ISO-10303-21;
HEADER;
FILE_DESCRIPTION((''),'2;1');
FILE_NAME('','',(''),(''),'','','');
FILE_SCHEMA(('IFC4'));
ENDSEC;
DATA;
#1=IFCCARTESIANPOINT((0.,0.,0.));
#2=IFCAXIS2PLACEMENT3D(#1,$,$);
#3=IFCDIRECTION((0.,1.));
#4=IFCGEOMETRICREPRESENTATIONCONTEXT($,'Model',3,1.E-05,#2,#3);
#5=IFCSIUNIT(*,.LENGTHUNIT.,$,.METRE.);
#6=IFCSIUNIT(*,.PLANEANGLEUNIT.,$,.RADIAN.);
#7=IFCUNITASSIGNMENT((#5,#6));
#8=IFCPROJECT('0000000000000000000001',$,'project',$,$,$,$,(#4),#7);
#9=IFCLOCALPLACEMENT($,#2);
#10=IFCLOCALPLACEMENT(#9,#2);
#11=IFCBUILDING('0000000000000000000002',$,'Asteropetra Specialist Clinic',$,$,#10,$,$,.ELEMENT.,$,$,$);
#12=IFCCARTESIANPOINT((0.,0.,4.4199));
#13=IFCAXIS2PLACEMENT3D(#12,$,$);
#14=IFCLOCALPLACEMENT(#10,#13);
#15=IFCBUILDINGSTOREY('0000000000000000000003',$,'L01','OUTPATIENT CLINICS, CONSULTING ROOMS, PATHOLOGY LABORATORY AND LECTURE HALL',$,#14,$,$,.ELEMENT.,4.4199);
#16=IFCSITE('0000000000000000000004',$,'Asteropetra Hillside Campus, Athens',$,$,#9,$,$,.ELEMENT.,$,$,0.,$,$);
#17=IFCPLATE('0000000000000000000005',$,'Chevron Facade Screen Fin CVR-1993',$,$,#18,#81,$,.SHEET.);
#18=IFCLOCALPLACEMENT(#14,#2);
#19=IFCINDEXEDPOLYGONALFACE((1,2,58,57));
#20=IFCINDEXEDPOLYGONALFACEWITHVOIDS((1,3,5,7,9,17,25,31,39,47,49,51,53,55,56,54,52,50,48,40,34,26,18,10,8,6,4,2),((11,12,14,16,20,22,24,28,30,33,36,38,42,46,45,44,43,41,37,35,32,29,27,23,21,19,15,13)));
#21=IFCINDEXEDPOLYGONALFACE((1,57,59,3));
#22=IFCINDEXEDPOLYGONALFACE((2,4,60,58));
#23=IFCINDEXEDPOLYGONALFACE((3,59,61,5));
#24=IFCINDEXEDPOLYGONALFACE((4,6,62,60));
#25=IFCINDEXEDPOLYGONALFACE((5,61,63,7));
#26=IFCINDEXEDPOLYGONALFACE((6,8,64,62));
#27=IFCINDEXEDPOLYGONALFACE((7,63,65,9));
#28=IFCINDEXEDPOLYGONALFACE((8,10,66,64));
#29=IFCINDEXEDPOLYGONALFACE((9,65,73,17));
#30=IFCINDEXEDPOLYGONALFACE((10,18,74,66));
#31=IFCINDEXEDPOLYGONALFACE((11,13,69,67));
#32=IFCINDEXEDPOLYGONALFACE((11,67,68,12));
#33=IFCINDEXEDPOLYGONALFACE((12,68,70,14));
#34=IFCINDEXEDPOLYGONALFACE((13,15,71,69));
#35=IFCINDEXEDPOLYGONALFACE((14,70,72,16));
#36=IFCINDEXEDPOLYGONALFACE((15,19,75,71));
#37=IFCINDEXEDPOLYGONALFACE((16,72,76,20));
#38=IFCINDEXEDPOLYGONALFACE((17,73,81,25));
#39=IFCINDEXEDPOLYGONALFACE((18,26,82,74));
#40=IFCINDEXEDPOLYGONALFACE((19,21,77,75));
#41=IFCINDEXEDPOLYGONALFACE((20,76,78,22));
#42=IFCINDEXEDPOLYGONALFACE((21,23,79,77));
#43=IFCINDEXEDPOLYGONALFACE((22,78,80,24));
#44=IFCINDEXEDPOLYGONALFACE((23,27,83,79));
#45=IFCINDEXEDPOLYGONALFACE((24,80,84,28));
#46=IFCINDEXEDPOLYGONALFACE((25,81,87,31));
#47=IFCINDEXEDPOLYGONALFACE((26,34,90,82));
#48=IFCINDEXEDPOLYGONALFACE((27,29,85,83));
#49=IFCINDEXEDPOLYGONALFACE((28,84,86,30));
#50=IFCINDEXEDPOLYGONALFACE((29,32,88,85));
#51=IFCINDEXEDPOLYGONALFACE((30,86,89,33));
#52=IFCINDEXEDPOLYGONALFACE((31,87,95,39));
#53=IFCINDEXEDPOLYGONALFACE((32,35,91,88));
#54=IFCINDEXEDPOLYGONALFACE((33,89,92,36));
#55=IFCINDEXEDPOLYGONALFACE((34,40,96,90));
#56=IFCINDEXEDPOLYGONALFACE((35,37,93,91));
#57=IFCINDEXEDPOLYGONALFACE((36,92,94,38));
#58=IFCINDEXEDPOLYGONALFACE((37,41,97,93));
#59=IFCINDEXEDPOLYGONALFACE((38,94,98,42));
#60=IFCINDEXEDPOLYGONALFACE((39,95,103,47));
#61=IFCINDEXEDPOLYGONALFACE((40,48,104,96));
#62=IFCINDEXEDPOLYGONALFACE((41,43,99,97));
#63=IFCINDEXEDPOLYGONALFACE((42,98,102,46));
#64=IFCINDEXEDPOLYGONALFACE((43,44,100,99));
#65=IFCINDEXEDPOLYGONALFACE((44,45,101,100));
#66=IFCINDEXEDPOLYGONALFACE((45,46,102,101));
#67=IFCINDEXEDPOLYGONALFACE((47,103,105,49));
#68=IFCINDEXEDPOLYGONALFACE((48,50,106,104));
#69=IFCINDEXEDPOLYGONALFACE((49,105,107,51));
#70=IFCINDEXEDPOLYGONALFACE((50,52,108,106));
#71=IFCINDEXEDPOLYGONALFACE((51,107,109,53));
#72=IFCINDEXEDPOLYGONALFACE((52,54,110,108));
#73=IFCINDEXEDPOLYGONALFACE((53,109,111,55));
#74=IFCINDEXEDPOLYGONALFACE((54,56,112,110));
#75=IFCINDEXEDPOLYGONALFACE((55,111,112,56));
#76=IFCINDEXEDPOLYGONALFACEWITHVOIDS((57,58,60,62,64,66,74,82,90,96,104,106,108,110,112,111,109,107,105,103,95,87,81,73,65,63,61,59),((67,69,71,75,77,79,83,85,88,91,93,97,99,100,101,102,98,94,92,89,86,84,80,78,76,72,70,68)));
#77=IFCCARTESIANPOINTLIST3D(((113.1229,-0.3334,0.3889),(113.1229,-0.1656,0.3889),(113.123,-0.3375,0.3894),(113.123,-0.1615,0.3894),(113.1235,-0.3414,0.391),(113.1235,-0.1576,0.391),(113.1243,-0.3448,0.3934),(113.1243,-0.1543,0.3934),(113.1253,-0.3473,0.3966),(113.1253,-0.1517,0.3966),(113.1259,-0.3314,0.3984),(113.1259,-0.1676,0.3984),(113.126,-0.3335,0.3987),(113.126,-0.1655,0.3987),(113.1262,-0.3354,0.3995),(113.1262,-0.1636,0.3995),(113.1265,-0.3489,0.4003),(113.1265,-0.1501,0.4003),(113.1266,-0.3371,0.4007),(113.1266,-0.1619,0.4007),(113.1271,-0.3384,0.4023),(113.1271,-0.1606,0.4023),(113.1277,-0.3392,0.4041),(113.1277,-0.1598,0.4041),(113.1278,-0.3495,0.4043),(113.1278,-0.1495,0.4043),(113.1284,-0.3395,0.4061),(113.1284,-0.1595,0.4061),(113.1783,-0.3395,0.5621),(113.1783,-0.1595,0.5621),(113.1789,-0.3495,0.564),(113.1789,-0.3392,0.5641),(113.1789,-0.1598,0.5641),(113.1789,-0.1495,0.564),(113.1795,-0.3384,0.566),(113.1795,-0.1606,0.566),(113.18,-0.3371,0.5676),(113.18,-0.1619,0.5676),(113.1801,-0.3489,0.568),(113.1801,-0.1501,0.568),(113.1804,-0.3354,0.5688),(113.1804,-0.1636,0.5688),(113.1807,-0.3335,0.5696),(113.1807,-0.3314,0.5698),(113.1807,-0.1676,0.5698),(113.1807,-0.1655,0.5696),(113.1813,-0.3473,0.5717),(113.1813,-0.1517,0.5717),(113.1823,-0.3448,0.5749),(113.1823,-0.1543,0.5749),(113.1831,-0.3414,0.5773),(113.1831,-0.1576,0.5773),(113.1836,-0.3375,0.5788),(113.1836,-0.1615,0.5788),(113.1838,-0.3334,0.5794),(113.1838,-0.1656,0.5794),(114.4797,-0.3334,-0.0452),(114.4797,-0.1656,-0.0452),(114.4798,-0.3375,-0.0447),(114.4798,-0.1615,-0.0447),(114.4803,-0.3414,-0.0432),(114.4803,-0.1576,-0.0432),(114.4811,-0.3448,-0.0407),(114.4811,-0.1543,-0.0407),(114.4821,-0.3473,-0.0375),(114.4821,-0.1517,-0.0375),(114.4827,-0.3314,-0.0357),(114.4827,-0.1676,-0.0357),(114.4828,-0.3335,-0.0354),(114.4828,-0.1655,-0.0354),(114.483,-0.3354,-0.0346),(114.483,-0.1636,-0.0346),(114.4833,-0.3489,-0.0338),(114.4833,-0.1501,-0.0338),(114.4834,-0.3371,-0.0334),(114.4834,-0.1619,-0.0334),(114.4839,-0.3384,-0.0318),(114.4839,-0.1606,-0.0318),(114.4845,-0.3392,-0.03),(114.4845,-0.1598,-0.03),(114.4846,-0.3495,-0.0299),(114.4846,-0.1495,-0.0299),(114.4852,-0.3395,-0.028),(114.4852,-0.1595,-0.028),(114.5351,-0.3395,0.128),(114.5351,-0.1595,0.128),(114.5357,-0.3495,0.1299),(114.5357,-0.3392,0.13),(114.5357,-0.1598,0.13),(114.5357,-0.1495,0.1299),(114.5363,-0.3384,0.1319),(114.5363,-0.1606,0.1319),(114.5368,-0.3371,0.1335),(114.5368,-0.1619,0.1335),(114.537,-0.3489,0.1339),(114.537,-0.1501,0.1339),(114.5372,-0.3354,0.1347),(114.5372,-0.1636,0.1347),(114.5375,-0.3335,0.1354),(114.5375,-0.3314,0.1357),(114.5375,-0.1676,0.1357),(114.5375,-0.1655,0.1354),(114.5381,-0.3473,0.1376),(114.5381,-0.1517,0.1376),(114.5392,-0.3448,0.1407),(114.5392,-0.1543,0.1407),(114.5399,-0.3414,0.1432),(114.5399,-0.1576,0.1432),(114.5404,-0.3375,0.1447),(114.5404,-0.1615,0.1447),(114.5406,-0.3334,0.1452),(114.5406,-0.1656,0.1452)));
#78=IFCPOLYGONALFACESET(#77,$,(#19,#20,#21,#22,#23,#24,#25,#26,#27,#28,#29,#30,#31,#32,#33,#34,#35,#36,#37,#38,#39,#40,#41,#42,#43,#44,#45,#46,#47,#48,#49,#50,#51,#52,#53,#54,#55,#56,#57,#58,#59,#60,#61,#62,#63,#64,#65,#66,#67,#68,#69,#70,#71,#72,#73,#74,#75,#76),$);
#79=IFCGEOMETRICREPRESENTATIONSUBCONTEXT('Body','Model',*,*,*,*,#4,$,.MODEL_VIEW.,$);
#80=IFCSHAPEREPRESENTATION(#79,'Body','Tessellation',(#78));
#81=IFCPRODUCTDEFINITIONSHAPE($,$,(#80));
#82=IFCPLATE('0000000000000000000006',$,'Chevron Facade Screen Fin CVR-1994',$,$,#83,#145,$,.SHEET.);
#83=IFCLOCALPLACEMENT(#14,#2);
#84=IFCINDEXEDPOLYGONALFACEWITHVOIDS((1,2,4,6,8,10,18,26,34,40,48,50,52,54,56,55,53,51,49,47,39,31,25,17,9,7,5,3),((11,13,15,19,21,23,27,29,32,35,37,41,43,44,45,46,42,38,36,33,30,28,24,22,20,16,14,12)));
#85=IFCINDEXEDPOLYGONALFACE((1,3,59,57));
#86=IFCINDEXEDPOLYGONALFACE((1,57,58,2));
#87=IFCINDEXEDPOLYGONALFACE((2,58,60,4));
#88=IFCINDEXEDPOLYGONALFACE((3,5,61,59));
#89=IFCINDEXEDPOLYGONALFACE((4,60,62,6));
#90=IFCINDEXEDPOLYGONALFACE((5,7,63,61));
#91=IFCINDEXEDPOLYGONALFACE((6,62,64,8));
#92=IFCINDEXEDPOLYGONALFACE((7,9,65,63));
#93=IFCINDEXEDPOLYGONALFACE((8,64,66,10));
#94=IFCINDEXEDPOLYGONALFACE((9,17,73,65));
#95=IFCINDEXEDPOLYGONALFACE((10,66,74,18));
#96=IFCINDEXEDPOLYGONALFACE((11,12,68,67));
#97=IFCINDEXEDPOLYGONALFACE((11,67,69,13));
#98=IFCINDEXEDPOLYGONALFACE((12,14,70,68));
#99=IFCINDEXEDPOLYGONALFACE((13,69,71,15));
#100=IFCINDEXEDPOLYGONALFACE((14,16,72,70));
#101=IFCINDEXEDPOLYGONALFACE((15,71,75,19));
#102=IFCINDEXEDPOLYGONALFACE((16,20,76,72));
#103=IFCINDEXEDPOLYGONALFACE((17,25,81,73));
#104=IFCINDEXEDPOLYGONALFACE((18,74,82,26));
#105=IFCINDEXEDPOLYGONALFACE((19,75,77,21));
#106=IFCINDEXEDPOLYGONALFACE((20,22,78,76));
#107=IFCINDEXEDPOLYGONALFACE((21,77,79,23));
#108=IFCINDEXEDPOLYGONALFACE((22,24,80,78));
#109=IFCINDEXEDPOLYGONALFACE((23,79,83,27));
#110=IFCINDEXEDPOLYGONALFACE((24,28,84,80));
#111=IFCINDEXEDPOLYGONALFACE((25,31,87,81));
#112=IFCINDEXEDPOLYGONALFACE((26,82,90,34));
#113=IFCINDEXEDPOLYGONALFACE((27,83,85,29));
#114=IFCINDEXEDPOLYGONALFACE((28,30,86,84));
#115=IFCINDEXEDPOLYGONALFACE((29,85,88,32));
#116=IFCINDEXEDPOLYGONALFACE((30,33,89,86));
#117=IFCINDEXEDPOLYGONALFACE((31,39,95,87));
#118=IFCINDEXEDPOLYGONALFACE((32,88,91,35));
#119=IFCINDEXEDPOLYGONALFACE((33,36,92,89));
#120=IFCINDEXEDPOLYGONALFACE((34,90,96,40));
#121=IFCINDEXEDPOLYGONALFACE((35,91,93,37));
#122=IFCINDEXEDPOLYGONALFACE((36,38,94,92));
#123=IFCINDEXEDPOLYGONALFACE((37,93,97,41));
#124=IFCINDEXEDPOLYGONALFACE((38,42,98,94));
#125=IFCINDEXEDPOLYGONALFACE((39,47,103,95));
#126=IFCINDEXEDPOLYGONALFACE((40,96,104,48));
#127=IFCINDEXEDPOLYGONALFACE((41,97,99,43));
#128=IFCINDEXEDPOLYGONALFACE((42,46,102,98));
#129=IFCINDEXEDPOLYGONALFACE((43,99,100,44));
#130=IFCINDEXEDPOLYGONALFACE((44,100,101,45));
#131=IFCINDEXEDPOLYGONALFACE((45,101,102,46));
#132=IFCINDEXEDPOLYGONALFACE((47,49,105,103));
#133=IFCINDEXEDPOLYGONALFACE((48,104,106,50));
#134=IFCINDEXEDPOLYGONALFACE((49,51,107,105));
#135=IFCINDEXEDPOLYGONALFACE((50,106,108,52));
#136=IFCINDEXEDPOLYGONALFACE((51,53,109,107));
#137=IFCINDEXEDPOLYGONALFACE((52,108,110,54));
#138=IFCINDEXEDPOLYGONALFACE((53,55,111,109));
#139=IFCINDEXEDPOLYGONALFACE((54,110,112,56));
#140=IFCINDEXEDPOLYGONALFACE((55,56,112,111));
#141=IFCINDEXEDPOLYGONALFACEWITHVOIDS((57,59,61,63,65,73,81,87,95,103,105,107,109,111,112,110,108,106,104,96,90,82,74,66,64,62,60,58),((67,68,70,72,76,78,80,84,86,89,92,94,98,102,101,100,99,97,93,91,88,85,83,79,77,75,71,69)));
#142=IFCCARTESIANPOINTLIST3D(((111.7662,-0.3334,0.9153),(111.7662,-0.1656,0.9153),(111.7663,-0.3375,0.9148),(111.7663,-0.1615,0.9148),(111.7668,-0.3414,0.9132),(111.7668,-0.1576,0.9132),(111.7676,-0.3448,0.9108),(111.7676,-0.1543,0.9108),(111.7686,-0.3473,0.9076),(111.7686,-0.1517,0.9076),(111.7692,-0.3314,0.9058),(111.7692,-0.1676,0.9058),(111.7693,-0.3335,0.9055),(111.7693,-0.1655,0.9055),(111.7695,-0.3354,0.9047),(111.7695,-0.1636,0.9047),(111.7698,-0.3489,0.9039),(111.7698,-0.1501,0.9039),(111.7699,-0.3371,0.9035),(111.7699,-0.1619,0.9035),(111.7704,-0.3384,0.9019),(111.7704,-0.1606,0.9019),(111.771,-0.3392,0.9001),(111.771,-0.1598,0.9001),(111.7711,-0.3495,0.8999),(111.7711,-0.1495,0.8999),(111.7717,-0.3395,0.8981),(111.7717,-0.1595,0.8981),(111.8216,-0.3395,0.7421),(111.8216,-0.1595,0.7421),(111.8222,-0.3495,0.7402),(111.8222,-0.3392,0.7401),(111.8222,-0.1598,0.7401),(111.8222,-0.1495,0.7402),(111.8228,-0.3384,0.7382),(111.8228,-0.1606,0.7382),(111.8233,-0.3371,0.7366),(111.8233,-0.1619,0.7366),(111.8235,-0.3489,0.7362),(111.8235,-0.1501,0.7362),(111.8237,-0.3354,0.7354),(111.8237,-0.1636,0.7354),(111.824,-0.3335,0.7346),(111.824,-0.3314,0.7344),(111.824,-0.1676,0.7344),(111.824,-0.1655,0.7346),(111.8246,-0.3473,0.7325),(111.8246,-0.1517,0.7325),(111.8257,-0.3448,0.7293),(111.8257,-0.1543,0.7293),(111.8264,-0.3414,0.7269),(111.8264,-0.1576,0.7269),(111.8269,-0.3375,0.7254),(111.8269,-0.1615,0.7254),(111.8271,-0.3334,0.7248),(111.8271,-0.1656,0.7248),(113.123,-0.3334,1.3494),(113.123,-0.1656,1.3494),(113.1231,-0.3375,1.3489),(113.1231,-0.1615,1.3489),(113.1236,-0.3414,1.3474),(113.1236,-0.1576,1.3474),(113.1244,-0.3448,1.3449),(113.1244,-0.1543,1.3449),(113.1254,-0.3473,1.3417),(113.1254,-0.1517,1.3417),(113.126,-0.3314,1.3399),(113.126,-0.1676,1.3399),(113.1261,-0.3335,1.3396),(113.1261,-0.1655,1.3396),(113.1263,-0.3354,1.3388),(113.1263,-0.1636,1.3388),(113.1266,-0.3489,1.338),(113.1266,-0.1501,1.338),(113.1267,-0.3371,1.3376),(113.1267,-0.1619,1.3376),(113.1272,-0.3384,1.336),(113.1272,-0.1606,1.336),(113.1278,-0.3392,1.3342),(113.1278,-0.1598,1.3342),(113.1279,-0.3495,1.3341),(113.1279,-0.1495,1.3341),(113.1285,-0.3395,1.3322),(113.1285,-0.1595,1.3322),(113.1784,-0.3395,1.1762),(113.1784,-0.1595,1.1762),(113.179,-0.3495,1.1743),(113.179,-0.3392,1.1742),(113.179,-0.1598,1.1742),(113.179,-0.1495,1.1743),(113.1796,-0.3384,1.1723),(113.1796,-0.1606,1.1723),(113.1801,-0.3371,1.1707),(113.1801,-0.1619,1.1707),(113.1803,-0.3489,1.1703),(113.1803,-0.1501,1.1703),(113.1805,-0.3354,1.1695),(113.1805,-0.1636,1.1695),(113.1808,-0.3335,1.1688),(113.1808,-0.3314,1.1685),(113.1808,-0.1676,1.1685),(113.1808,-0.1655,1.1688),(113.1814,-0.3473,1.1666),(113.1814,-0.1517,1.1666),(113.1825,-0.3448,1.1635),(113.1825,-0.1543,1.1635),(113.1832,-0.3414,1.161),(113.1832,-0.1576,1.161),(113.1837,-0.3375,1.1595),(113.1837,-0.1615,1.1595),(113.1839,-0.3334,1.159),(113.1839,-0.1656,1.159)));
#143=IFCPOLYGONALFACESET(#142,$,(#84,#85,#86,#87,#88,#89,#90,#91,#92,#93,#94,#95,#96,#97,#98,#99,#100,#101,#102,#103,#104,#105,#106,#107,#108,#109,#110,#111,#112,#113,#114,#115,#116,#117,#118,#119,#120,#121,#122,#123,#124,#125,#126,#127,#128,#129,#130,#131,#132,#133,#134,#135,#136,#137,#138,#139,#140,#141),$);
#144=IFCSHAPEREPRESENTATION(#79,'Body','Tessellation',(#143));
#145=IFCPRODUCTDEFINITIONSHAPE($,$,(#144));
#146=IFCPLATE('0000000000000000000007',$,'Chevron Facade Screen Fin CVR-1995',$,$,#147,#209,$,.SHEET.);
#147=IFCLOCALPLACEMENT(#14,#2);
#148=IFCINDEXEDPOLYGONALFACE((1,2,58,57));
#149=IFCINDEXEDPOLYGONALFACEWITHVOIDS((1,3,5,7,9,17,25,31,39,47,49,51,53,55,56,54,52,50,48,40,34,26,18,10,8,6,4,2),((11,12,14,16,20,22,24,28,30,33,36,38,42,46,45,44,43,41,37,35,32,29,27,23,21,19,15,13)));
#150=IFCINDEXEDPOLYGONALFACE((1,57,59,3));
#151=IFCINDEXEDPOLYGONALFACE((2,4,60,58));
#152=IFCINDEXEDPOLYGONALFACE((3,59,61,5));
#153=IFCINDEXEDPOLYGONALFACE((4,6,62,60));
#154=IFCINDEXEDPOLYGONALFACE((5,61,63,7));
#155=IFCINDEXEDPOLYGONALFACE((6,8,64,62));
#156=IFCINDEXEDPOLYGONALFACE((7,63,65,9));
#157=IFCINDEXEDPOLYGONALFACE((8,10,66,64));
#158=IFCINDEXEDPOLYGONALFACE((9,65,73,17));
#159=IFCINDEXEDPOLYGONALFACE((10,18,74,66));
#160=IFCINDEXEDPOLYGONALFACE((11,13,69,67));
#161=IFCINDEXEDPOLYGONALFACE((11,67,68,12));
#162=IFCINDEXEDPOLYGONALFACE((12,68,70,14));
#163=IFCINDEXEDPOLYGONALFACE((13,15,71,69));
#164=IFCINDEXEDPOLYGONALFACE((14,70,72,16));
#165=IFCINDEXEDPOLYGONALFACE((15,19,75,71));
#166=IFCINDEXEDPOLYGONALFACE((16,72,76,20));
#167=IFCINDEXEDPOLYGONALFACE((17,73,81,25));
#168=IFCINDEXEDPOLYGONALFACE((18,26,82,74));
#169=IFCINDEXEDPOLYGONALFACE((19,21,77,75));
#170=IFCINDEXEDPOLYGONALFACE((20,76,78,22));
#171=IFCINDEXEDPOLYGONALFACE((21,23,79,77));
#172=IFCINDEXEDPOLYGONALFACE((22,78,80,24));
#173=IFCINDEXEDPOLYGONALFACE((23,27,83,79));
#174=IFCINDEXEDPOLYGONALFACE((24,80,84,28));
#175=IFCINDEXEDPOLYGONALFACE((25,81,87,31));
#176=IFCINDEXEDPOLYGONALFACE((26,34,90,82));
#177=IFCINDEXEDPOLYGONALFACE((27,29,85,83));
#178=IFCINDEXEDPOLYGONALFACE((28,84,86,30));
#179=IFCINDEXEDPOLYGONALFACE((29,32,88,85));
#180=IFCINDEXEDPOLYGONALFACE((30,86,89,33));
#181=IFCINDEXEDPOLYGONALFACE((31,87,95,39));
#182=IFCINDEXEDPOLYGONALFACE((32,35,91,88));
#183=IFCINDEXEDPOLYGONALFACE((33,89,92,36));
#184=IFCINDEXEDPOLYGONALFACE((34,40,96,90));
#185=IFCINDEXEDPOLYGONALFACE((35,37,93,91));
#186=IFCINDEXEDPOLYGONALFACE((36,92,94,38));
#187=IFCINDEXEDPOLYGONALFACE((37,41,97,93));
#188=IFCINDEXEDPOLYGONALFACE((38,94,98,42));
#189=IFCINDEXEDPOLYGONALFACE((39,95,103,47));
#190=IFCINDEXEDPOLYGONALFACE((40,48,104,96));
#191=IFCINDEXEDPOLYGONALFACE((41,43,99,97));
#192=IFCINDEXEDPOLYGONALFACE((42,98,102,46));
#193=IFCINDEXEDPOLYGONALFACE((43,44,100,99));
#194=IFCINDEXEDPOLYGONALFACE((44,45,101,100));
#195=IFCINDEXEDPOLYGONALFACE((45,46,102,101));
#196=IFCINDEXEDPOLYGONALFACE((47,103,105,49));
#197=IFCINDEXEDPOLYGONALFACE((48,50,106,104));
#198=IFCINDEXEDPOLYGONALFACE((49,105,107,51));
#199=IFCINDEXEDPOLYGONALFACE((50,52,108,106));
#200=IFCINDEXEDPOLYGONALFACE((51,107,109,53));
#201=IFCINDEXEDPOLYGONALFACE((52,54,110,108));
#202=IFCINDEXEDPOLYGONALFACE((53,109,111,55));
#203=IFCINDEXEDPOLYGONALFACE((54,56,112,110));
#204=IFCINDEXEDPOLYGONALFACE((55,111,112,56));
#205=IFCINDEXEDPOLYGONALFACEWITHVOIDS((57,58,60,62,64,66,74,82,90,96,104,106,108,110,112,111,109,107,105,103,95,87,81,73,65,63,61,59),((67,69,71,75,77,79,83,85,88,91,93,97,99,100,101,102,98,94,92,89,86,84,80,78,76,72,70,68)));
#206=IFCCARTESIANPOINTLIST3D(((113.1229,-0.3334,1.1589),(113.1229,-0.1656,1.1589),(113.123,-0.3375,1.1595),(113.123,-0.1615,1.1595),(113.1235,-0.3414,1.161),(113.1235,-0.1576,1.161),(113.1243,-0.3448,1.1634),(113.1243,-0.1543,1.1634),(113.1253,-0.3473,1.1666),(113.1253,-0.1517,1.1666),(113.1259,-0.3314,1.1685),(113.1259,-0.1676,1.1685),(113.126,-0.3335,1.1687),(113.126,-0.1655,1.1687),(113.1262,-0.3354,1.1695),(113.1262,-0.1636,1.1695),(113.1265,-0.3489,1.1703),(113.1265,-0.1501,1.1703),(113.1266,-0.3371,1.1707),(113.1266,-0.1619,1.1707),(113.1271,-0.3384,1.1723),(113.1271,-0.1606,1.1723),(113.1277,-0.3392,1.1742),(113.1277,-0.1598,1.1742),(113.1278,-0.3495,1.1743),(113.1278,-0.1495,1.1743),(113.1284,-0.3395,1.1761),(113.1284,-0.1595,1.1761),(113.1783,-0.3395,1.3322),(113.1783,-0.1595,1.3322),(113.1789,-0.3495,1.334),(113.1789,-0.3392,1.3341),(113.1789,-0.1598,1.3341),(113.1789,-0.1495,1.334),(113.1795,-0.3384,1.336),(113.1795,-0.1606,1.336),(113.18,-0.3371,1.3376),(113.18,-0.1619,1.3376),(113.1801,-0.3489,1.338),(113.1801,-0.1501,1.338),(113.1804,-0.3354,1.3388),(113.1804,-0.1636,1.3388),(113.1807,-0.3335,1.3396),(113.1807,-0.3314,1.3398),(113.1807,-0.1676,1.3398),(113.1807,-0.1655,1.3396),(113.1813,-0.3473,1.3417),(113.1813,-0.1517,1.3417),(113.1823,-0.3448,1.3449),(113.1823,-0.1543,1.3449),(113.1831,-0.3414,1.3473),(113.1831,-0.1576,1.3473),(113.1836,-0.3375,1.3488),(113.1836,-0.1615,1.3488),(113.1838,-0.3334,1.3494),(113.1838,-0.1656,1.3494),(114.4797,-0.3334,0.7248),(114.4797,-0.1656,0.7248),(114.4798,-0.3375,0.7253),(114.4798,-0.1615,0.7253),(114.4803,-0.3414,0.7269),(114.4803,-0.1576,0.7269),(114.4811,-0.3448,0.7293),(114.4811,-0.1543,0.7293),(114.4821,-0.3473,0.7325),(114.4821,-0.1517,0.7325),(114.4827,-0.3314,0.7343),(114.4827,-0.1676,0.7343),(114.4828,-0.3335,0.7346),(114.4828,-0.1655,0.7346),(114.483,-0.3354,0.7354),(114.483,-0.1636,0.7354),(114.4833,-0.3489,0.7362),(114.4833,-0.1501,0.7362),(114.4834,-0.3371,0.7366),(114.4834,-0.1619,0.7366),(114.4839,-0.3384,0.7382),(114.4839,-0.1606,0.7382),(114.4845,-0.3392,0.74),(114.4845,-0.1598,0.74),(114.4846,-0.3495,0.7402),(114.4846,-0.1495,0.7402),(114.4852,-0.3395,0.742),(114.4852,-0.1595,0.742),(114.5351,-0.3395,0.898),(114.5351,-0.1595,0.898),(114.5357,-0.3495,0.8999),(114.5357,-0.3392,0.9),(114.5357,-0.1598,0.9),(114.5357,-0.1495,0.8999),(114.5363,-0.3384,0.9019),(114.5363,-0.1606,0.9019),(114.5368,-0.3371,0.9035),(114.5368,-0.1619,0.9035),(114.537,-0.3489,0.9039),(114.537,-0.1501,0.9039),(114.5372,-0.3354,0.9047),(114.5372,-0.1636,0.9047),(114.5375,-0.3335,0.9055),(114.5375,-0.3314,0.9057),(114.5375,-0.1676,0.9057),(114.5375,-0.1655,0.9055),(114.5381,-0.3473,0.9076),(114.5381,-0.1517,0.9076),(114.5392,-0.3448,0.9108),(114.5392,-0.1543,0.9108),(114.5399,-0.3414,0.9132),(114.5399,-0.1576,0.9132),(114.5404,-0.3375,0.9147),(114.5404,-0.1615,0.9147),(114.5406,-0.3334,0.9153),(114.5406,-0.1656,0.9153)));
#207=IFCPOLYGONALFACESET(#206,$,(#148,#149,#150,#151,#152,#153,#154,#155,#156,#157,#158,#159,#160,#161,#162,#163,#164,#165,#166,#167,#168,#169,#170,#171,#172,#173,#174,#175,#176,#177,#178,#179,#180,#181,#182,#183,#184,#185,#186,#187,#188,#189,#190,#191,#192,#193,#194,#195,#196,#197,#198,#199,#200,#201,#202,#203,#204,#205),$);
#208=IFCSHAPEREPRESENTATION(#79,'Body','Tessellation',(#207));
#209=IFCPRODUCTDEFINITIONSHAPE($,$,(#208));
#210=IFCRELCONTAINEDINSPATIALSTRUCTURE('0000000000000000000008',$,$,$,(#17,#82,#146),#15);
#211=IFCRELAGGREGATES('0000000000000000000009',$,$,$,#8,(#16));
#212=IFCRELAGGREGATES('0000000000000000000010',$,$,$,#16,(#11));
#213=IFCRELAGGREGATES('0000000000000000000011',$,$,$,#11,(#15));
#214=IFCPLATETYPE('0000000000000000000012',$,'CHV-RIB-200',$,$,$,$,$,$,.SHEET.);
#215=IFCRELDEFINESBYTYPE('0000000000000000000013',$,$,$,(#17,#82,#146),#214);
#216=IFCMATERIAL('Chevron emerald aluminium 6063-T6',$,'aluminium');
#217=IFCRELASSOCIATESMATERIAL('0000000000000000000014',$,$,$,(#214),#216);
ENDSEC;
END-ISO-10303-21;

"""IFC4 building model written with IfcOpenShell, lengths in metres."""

from ifc_helpers import new_model, si_unit, direction, frame, origin, origin_2d, place, context, subcontext, project, spatial, hollow_rectangle, extrude, material, material_profile, profile_set, type_object, element, save


model = new_model("IFC4")

# Units and contexts
model_context = context("Model", 3, precision=1e-05, world=origin(), true_north=direction((0.0, 1.0)))
body_context = subcontext(model_context, "Body", "Model", "MODEL_VIEW")
ifc_project = project(units=[si_unit("LENGTHUNIT", "METRE"), si_unit("PLANEANGLEUNIT", "RADIAN")], contexts=[model_context])

# Site, building, storey
site_placement = place(None, origin())
site = spatial("IfcSite", under=ifc_project, at=site_placement, Name="Asteropetra Hillside Campus, Athens", CompositionType="ELEMENT", RefElevation=0.0)
building_placement = place(site_placement, origin())
building = spatial("IfcBuilding", under=site, at=building_placement, Name="Asteropetra Specialist Clinic", CompositionType="ELEMENT")
storey_placement = place(building_placement, frame((0.0, 0.0, 4.4199)))
storey = spatial("IfcBuildingStorey", under=building, at=storey_placement, Name="L01", Description="OUTPATIENT CLINICS, CONSULTING ROOMS, PATHOLOGY LABORATORY AND LECTURE HALL", CompositionType="ELEMENT", Elevation=4.4199)

# Plates
ifc_material_1 = material(Name="Chevron emerald aluminium 6063-T6", Category="aluminium")
ifc_material_profile_1 = material_profile(ifc_material_1, hollow_rectangle(XDim=0.2, YDim=0.2, WallThickness=0.01, InnerFilletRadius=0.0081, OuterFilletRadius=0.0161, at=origin_2d()), Name="SHS 200x200x10.0")
ifc_profile_set_1 = profile_set([ifc_material_profile_1], Name="Chevron emerald aluminium 6063-T6")
plate_type = type_object("IfcPlateType", Name="CHV-RIB-200", PredefinedType="SHEET", material=ifc_profile_set_1)
for number, where, z_axis, x_axis, name in (
    (1, (113.1533, -0.2495, 0.4841), (0.952436, 0.0, -0.304738), (0.0, 1.0, 0.0), "Chevron Facade Screen Fin CVR-1993"),
    (2, (111.7966, -0.2495, 0.8201), (0.952436, 0.0, 0.304738), (0.0, 1.0, 0.0), "Chevron Facade Screen Fin CVR-1994"),
    (3, (113.1533, -0.2495, 1.2542), (0.952436, 0.0, -0.304738), (0.0, 1.0, 0.0), "Chevron Facade Screen Fin CVR-1995"),
):
    element("IfcPlate", number, at=place(storey_placement, frame(where, z_axis=z_axis, x_axis=x_axis)), inside=storey, type_object=plate_type, Name=name, PredefinedType="SHEET", context=body_context, shape_type="SweptSolid", body=[
        extrude(hollow_rectangle(XDim=0.2, YDim=0.2, WallThickness=0.01, InnerFilletRadius=0.0081, OuterFilletRadius=0.0161, at=origin_2d()), origin(), (0.0, 0.0, 1.0), 1.4246),
    ])

save(model, "model.ifc")
